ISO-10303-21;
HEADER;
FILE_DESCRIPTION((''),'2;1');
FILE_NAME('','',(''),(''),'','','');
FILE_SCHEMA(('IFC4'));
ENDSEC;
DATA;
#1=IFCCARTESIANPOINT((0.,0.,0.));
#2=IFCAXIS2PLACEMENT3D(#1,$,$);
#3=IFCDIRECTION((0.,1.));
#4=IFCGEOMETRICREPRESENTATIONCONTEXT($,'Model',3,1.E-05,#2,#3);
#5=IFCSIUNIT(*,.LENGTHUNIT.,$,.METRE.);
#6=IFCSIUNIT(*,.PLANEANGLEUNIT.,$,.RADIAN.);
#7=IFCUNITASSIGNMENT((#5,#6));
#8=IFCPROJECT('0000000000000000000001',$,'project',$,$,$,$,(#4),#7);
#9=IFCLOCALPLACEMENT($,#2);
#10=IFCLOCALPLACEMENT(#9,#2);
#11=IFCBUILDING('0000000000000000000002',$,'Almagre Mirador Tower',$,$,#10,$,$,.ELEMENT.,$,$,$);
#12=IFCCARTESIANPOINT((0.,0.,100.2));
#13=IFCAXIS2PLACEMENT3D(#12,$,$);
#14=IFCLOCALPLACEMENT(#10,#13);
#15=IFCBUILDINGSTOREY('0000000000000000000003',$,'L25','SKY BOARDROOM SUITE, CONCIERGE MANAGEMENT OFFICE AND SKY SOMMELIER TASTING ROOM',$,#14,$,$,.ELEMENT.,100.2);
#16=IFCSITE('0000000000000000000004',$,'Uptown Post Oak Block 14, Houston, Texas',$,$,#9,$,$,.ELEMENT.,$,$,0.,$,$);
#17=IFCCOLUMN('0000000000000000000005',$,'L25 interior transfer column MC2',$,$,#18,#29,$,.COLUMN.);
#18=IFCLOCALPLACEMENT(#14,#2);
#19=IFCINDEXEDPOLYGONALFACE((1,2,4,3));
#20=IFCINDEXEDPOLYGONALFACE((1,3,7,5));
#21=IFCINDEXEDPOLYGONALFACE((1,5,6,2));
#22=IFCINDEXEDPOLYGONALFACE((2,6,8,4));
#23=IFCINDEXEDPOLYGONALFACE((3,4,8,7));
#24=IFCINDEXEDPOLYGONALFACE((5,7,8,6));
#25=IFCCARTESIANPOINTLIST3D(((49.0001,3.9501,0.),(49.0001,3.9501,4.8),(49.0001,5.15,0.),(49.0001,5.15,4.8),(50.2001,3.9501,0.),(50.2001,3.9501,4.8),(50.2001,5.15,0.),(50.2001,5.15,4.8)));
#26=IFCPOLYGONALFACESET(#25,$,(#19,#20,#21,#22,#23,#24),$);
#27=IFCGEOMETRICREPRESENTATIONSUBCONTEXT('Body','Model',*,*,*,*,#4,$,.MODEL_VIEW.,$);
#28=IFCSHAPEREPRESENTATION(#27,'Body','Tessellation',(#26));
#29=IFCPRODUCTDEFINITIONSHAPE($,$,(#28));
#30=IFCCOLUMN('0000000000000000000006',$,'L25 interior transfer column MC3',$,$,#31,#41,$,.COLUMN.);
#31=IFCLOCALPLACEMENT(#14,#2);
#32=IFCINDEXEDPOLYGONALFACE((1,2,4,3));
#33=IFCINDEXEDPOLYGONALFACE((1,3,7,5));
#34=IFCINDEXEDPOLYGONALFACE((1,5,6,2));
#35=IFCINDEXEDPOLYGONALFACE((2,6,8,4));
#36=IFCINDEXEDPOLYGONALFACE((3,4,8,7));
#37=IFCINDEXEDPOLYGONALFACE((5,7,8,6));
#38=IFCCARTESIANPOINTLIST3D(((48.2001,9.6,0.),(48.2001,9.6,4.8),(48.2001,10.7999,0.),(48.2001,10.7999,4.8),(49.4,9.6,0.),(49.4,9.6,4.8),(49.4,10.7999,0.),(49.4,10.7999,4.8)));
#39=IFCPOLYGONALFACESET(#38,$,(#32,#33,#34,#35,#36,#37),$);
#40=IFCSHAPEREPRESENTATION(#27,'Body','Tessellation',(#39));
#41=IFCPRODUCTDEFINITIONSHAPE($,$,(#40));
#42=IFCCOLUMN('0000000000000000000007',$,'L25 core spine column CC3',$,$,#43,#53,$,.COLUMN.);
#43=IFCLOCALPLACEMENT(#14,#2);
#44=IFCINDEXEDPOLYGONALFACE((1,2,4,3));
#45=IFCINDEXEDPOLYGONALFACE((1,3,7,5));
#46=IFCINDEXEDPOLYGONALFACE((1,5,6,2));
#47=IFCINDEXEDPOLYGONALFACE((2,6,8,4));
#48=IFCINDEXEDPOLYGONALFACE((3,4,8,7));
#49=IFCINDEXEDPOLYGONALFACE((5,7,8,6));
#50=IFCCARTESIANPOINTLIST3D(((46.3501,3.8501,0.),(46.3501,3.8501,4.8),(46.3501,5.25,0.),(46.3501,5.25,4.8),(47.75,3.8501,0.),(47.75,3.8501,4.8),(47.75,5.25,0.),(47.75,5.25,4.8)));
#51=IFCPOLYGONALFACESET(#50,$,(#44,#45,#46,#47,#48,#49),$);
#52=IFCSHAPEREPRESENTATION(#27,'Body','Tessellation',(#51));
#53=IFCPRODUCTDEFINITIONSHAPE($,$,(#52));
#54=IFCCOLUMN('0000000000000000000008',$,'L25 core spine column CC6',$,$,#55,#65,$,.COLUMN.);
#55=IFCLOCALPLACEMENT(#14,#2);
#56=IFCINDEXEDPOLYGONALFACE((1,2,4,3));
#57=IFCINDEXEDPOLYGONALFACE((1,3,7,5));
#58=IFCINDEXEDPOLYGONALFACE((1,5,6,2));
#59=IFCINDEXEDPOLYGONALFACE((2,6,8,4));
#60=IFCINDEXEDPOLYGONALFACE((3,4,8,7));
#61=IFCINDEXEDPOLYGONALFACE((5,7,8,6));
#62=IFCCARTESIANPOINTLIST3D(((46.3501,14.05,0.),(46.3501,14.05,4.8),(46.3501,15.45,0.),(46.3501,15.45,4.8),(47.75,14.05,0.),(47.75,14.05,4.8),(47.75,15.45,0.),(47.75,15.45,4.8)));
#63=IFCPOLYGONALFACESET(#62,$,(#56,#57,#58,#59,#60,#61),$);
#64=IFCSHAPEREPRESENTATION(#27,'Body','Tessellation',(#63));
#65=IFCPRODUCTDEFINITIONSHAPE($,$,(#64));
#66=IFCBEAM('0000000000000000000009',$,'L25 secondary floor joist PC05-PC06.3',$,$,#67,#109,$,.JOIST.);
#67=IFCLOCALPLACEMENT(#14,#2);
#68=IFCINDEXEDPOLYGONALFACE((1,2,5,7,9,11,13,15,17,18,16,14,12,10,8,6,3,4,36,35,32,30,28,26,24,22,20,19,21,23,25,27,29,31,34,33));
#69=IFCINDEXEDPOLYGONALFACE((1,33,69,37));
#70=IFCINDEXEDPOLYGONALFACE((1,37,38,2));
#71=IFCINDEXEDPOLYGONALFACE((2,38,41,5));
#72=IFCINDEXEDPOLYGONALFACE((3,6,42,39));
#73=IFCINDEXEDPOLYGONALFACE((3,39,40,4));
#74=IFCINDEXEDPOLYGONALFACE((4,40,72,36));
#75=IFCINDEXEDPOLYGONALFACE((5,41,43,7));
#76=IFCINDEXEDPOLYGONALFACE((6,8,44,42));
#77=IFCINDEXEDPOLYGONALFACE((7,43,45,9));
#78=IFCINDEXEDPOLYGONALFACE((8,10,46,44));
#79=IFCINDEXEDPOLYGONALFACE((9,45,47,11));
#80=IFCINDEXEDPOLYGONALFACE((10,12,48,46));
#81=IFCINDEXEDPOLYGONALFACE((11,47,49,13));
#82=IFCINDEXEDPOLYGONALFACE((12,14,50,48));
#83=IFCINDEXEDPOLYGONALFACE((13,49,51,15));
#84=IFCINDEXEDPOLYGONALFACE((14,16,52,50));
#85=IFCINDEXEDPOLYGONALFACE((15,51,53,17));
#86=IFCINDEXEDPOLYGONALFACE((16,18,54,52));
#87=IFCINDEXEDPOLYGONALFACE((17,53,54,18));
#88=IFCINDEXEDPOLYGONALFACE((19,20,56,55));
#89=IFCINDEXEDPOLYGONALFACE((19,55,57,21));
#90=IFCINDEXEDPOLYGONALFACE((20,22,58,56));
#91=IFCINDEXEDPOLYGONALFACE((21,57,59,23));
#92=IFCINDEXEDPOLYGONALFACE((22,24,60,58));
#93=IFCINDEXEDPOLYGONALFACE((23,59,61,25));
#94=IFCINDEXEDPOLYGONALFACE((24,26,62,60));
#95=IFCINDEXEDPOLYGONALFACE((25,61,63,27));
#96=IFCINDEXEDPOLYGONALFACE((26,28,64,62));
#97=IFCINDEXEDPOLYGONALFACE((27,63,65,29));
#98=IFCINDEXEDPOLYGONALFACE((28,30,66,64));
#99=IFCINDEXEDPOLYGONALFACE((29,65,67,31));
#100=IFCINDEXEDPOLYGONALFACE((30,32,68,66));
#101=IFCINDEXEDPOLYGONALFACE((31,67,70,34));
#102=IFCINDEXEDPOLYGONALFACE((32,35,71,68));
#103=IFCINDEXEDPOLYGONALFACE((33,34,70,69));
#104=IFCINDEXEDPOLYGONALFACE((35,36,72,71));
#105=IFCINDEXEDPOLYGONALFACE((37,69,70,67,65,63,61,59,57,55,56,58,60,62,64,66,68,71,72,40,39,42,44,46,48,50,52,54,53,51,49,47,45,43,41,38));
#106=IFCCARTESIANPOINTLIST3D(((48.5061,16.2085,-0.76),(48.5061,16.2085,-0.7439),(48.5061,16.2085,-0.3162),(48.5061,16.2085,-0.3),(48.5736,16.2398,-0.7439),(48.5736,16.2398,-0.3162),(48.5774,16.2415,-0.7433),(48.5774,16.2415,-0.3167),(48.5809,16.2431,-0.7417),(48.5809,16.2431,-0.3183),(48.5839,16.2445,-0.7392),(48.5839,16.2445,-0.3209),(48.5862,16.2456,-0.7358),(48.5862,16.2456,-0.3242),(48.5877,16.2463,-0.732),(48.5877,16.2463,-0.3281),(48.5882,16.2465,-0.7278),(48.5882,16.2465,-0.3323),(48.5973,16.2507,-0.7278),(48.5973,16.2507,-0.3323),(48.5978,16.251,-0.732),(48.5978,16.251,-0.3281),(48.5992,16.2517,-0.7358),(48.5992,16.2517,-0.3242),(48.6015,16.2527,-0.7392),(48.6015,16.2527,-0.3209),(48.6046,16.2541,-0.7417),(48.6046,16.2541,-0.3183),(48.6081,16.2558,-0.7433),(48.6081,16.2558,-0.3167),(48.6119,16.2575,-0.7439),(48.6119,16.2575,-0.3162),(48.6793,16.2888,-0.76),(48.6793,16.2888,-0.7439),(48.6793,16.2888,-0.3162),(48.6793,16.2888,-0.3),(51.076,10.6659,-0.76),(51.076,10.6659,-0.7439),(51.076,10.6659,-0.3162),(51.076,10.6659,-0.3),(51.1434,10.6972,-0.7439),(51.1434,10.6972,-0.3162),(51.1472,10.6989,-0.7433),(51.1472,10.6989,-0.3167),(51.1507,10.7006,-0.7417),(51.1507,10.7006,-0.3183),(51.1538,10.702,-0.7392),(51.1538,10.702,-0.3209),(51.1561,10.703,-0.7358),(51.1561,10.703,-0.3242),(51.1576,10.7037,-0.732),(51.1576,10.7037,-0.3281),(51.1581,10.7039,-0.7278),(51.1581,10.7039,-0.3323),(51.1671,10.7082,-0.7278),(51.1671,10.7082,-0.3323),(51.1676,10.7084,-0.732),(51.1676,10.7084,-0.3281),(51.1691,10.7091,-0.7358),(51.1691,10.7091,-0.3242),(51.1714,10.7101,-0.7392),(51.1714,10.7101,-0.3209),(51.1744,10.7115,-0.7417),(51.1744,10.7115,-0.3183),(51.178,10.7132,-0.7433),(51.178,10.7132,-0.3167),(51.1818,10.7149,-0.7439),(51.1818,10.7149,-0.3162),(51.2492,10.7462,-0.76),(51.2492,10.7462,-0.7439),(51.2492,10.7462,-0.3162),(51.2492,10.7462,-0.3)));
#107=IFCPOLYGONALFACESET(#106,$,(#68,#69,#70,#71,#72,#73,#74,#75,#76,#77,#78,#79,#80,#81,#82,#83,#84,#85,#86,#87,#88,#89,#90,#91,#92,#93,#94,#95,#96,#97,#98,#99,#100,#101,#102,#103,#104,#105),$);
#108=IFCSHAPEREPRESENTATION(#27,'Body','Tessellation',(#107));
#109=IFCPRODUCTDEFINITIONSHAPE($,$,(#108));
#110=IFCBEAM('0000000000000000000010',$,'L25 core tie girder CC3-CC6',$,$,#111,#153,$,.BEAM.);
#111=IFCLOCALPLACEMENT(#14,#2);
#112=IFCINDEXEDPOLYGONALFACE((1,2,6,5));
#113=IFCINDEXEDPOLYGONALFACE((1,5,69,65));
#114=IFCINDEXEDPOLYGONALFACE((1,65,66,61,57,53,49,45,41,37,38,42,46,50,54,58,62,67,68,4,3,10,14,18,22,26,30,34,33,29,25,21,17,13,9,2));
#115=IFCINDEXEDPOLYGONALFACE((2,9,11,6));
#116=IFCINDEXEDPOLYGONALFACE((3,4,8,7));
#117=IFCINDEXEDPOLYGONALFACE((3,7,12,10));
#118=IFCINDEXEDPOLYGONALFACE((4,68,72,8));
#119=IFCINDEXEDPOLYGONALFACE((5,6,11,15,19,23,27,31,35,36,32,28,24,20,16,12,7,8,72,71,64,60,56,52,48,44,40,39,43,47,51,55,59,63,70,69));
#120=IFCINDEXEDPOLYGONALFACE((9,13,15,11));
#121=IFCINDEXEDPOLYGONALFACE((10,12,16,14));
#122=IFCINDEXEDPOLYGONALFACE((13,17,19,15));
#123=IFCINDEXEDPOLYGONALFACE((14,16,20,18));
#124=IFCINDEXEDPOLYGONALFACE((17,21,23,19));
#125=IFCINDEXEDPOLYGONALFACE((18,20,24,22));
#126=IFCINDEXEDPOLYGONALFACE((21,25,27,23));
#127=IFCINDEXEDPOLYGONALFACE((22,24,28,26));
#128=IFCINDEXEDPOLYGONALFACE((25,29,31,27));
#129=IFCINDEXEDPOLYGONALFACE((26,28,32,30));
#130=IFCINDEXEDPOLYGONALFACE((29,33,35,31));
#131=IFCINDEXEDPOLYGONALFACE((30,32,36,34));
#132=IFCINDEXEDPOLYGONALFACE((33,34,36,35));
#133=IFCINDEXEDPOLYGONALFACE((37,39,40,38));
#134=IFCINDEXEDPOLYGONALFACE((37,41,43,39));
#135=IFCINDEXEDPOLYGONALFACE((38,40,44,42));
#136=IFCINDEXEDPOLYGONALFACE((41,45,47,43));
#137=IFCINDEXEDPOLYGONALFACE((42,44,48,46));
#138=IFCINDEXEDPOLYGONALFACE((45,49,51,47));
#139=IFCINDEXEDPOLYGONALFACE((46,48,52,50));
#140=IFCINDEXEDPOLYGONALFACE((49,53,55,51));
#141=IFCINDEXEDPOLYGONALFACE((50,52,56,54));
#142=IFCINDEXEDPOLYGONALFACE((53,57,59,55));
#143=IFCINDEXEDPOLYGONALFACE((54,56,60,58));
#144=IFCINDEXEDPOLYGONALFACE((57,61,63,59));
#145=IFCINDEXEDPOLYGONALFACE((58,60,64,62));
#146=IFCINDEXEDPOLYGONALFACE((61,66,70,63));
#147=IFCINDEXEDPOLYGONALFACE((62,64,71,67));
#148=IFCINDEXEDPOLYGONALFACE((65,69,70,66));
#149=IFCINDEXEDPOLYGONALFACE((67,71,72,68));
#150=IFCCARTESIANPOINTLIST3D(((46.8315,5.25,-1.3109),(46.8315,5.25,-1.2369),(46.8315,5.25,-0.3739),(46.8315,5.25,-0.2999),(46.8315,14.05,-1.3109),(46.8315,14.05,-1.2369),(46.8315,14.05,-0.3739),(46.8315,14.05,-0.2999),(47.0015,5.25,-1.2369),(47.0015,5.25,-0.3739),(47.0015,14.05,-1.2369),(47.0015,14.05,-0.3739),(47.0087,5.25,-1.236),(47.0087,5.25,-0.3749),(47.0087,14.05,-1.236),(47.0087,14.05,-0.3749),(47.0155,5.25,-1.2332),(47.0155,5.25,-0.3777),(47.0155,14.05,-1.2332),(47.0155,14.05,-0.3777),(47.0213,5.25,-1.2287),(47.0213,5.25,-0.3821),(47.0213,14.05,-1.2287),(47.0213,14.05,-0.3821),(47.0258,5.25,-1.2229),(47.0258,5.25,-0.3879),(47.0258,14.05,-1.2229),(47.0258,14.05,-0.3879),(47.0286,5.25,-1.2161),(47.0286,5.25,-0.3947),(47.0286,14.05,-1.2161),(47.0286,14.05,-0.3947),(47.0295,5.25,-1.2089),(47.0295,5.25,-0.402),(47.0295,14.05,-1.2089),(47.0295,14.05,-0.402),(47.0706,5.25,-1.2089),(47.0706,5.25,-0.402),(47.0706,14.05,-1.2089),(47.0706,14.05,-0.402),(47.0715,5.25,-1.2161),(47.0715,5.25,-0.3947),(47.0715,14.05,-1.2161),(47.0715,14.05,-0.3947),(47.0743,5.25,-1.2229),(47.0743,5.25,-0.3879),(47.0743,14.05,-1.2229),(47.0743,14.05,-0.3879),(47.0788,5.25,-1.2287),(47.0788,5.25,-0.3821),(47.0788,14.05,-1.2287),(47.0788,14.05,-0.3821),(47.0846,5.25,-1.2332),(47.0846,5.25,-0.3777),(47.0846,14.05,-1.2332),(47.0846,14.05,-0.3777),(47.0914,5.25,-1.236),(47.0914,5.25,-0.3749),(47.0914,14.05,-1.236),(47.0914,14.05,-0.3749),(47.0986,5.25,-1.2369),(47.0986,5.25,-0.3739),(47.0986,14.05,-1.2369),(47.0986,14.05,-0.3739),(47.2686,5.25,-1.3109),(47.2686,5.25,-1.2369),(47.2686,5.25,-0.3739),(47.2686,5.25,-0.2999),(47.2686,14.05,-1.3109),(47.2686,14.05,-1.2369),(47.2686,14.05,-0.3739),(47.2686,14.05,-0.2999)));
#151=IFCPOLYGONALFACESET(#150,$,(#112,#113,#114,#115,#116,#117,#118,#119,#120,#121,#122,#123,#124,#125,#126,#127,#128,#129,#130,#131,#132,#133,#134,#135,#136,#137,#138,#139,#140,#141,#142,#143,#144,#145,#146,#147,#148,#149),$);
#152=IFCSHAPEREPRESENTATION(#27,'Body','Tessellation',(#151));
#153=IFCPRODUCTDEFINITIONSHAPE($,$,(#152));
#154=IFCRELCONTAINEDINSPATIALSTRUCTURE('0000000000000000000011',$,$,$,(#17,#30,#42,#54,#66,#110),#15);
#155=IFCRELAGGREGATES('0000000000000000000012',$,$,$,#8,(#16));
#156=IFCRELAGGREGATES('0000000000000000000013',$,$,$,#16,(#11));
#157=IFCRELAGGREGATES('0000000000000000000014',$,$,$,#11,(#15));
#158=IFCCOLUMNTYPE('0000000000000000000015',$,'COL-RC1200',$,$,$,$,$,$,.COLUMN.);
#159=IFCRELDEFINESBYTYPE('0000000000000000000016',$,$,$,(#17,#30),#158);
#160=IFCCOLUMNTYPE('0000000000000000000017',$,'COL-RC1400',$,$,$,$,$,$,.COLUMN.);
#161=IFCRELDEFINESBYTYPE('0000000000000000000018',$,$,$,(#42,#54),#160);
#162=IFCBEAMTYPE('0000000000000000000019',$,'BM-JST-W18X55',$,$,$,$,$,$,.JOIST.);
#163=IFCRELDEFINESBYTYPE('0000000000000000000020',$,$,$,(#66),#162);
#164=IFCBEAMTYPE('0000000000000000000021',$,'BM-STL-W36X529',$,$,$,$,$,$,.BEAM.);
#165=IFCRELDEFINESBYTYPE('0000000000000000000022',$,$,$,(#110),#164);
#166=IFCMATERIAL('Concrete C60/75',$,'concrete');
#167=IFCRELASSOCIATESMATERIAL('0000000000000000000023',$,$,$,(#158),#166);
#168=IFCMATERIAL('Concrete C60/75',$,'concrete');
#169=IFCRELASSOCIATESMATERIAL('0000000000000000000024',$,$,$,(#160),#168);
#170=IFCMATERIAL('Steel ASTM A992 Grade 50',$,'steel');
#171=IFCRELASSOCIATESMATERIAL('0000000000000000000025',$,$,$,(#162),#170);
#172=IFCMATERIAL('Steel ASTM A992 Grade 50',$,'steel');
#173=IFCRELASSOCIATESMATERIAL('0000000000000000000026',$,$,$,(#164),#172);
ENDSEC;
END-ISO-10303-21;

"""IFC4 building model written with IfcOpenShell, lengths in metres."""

from ifc_helpers import new_model, si_unit, direction, frame, origin, origin_2d, place, context, subcontext, project, spatial, rectangle, i_section, extrude, material, material_profile, profile_set, type_object, element, save


model = new_model("IFC4")

# Units and contexts
model_context = context("Model", 3, precision=1e-05, world=origin(), true_north=direction((0.0, 1.0)))
body_context = subcontext(model_context, "Body", "Model", "MODEL_VIEW")
ifc_project = project(units=[si_unit("LENGTHUNIT", "METRE"), si_unit("PLANEANGLEUNIT", "RADIAN")], contexts=[model_context])

# Site, building, storey
site_placement = place(None, origin())
site = spatial("IfcSite", under=ifc_project, at=site_placement, Name="Uptown Post Oak Block 14, Houston, Texas", CompositionType="ELEMENT", RefElevation=0.0)
building_placement = place(site_placement, origin())
building = spatial("IfcBuilding", under=site, at=building_placement, Name="Almagre Mirador Tower", CompositionType="ELEMENT")
storey_placement = place(building_placement, frame((0.0, 0.0, 100.2)))
storey = spatial("IfcBuildingStorey", under=building, at=storey_placement, Name="L25", Description="SKY BOARDROOM SUITE, CONCIERGE MANAGEMENT OFFICE AND SKY SOMMELIER TASTING ROOM", CompositionType="ELEMENT", Elevation=100.2)

# Columns
ifc_material_1 = material(Name="Concrete C60/75", Category="concrete")
ifc_material_profile_1 = material_profile(ifc_material_1, rectangle(XDim=1.2, YDim=1.2, at=origin_2d()), Name="RC1200X1200")
ifc_profile_set_1 = profile_set([ifc_material_profile_1], Name="Concrete C60/75")
column_type_1 = type_object("IfcColumnType", Name="COL-RC1200", PredefinedType="COLUMN", material=ifc_profile_set_1)
for number, where, z_axis, x_axis, name in (
    (1, (49.6001, 4.55, 0.0), (0.0, 0.0, 1.0), (1.0, 0.0, 0.0), "L25 interior transfer column MC2"),
    (2, (48.8, 10.2, 0.0), (0.0, 0.0, 1.0), (1.0, 0.0, 0.0), "L25 interior transfer column MC3"),
):
    element("IfcColumn", number, at=place(storey_placement, frame(where, z_axis=z_axis, x_axis=x_axis)), inside=storey, type_object=column_type_1, Name=name, PredefinedType="COLUMN", context=body_context, shape_type="SweptSolid", body=[
        extrude(rectangle(XDim=1.2, YDim=1.2, at=origin_2d()), origin(), (0.0, 0.0, 1.0), 4.8),
    ])
ifc_material_2 = material(Name="Concrete C60/75", Category="concrete")
ifc_material_profile_2 = material_profile(ifc_material_2, rectangle(XDim=1.3999, YDim=1.3999, at=origin_2d()), Name="RC1400X1400")
ifc_profile_set_2 = profile_set([ifc_material_profile_2], Name="Concrete C60/75")
column_type_2 = type_object("IfcColumnType", Name="COL-RC1400", PredefinedType="COLUMN", material=ifc_profile_set_2)
for number, where, z_axis, x_axis, name in (
    (3, (47.05, 4.55, 0.0), (0.0, 0.0, 1.0), (1.0, 0.0, 0.0), "L25 core spine column CC3"),
    (4, (47.05, 14.75, 0.0), (0.0, 0.0, 1.0), (1.0, 0.0, 0.0), "L25 core spine column CC6"),
):
    element("IfcColumn", number, at=place(storey_placement, frame(where, z_axis=z_axis, x_axis=x_axis)), inside=storey, type_object=column_type_2, Name=name, PredefinedType="COLUMN", context=body_context, shape_type="SweptSolid", body=[
        extrude(rectangle(XDim=1.3999, YDim=1.3999, at=origin_2d()), origin(), (0.0, 0.0, 1.0), 4.8),
    ])

# Beams
ifc_material_3 = material(Name="Steel ASTM A992 Grade 50", Category="steel")
ifc_material_profile_3 = material_profile(ifc_material_3, i_section(OverallWidth=0.1909, OverallDepth=0.46, WebThickness=0.01, FlangeThickness=0.0161, FilletRadius=0.0161, at=origin_2d()), Name="W18X55")
ifc_profile_set_3 = profile_set([ifc_material_profile_3], Name="Steel ASTM A992 Grade 50")
beam_type_1 = type_object("IfcBeamType", Name="BM-JST-W18X55", PredefinedType="JOIST", material=ifc_profile_set_3)
beam_1_placement = place(storey_placement, frame((51.1626, 10.7061, -0.53), z_axis=(-0.420644, 0.907226, 0.0), x_axis=(-0.907226, -0.420644, 0.0)))
element("IfcBeam", 5, at=beam_1_placement, inside=storey, type_object=beam_type_1, Name="L25 secondary floor joist PC05-PC06.3", PredefinedType="JOIST", context=body_context, shape_type="SweptSolid", body=[
    extrude(i_section(OverallWidth=0.1909, OverallDepth=0.46, WebThickness=0.01, FlangeThickness=0.0161, FilletRadius=0.0161, at=origin_2d()), origin(), (0.0, 0.0, 1.0), 6.1094),
])
ifc_material_4 = material(Name="Steel ASTM A992 Grade 50", Category="steel")
ifc_material_profile_4 = material_profile(ifc_material_4, i_section(OverallWidth=0.437, OverallDepth=1.011, WebThickness=0.041, FlangeThickness=0.074, FilletRadius=0.0281, at=origin_2d()), Name="W36X529")
ifc_profile_set_4 = profile_set([ifc_material_profile_4], Name="Steel ASTM A992 Grade 50")
beam_type_2 = type_object("IfcBeamType", Name="BM-STL-W36X529", PredefinedType="BEAM", material=ifc_profile_set_4)
beam_2_placement = place(storey_placement, frame((47.05, 5.25, -0.8054), z_axis=(0.0, 1.0, 0.0), x_axis=(-1.0, 0.0, 0.0)))
element("IfcBeam", 6, at=beam_2_placement, inside=storey, type_object=beam_type_2, Name="L25 core tie girder CC3-CC6", PredefinedType="BEAM", context=body_context, shape_type="SweptSolid", body=[
    extrude(i_section(OverallWidth=0.437, OverallDepth=1.011, WebThickness=0.041, FlangeThickness=0.074, FilletRadius=0.0281, at=origin_2d()), origin(), (0.0, 0.0, 1.0), 8.8),
])

save(model, "model.ifc")
